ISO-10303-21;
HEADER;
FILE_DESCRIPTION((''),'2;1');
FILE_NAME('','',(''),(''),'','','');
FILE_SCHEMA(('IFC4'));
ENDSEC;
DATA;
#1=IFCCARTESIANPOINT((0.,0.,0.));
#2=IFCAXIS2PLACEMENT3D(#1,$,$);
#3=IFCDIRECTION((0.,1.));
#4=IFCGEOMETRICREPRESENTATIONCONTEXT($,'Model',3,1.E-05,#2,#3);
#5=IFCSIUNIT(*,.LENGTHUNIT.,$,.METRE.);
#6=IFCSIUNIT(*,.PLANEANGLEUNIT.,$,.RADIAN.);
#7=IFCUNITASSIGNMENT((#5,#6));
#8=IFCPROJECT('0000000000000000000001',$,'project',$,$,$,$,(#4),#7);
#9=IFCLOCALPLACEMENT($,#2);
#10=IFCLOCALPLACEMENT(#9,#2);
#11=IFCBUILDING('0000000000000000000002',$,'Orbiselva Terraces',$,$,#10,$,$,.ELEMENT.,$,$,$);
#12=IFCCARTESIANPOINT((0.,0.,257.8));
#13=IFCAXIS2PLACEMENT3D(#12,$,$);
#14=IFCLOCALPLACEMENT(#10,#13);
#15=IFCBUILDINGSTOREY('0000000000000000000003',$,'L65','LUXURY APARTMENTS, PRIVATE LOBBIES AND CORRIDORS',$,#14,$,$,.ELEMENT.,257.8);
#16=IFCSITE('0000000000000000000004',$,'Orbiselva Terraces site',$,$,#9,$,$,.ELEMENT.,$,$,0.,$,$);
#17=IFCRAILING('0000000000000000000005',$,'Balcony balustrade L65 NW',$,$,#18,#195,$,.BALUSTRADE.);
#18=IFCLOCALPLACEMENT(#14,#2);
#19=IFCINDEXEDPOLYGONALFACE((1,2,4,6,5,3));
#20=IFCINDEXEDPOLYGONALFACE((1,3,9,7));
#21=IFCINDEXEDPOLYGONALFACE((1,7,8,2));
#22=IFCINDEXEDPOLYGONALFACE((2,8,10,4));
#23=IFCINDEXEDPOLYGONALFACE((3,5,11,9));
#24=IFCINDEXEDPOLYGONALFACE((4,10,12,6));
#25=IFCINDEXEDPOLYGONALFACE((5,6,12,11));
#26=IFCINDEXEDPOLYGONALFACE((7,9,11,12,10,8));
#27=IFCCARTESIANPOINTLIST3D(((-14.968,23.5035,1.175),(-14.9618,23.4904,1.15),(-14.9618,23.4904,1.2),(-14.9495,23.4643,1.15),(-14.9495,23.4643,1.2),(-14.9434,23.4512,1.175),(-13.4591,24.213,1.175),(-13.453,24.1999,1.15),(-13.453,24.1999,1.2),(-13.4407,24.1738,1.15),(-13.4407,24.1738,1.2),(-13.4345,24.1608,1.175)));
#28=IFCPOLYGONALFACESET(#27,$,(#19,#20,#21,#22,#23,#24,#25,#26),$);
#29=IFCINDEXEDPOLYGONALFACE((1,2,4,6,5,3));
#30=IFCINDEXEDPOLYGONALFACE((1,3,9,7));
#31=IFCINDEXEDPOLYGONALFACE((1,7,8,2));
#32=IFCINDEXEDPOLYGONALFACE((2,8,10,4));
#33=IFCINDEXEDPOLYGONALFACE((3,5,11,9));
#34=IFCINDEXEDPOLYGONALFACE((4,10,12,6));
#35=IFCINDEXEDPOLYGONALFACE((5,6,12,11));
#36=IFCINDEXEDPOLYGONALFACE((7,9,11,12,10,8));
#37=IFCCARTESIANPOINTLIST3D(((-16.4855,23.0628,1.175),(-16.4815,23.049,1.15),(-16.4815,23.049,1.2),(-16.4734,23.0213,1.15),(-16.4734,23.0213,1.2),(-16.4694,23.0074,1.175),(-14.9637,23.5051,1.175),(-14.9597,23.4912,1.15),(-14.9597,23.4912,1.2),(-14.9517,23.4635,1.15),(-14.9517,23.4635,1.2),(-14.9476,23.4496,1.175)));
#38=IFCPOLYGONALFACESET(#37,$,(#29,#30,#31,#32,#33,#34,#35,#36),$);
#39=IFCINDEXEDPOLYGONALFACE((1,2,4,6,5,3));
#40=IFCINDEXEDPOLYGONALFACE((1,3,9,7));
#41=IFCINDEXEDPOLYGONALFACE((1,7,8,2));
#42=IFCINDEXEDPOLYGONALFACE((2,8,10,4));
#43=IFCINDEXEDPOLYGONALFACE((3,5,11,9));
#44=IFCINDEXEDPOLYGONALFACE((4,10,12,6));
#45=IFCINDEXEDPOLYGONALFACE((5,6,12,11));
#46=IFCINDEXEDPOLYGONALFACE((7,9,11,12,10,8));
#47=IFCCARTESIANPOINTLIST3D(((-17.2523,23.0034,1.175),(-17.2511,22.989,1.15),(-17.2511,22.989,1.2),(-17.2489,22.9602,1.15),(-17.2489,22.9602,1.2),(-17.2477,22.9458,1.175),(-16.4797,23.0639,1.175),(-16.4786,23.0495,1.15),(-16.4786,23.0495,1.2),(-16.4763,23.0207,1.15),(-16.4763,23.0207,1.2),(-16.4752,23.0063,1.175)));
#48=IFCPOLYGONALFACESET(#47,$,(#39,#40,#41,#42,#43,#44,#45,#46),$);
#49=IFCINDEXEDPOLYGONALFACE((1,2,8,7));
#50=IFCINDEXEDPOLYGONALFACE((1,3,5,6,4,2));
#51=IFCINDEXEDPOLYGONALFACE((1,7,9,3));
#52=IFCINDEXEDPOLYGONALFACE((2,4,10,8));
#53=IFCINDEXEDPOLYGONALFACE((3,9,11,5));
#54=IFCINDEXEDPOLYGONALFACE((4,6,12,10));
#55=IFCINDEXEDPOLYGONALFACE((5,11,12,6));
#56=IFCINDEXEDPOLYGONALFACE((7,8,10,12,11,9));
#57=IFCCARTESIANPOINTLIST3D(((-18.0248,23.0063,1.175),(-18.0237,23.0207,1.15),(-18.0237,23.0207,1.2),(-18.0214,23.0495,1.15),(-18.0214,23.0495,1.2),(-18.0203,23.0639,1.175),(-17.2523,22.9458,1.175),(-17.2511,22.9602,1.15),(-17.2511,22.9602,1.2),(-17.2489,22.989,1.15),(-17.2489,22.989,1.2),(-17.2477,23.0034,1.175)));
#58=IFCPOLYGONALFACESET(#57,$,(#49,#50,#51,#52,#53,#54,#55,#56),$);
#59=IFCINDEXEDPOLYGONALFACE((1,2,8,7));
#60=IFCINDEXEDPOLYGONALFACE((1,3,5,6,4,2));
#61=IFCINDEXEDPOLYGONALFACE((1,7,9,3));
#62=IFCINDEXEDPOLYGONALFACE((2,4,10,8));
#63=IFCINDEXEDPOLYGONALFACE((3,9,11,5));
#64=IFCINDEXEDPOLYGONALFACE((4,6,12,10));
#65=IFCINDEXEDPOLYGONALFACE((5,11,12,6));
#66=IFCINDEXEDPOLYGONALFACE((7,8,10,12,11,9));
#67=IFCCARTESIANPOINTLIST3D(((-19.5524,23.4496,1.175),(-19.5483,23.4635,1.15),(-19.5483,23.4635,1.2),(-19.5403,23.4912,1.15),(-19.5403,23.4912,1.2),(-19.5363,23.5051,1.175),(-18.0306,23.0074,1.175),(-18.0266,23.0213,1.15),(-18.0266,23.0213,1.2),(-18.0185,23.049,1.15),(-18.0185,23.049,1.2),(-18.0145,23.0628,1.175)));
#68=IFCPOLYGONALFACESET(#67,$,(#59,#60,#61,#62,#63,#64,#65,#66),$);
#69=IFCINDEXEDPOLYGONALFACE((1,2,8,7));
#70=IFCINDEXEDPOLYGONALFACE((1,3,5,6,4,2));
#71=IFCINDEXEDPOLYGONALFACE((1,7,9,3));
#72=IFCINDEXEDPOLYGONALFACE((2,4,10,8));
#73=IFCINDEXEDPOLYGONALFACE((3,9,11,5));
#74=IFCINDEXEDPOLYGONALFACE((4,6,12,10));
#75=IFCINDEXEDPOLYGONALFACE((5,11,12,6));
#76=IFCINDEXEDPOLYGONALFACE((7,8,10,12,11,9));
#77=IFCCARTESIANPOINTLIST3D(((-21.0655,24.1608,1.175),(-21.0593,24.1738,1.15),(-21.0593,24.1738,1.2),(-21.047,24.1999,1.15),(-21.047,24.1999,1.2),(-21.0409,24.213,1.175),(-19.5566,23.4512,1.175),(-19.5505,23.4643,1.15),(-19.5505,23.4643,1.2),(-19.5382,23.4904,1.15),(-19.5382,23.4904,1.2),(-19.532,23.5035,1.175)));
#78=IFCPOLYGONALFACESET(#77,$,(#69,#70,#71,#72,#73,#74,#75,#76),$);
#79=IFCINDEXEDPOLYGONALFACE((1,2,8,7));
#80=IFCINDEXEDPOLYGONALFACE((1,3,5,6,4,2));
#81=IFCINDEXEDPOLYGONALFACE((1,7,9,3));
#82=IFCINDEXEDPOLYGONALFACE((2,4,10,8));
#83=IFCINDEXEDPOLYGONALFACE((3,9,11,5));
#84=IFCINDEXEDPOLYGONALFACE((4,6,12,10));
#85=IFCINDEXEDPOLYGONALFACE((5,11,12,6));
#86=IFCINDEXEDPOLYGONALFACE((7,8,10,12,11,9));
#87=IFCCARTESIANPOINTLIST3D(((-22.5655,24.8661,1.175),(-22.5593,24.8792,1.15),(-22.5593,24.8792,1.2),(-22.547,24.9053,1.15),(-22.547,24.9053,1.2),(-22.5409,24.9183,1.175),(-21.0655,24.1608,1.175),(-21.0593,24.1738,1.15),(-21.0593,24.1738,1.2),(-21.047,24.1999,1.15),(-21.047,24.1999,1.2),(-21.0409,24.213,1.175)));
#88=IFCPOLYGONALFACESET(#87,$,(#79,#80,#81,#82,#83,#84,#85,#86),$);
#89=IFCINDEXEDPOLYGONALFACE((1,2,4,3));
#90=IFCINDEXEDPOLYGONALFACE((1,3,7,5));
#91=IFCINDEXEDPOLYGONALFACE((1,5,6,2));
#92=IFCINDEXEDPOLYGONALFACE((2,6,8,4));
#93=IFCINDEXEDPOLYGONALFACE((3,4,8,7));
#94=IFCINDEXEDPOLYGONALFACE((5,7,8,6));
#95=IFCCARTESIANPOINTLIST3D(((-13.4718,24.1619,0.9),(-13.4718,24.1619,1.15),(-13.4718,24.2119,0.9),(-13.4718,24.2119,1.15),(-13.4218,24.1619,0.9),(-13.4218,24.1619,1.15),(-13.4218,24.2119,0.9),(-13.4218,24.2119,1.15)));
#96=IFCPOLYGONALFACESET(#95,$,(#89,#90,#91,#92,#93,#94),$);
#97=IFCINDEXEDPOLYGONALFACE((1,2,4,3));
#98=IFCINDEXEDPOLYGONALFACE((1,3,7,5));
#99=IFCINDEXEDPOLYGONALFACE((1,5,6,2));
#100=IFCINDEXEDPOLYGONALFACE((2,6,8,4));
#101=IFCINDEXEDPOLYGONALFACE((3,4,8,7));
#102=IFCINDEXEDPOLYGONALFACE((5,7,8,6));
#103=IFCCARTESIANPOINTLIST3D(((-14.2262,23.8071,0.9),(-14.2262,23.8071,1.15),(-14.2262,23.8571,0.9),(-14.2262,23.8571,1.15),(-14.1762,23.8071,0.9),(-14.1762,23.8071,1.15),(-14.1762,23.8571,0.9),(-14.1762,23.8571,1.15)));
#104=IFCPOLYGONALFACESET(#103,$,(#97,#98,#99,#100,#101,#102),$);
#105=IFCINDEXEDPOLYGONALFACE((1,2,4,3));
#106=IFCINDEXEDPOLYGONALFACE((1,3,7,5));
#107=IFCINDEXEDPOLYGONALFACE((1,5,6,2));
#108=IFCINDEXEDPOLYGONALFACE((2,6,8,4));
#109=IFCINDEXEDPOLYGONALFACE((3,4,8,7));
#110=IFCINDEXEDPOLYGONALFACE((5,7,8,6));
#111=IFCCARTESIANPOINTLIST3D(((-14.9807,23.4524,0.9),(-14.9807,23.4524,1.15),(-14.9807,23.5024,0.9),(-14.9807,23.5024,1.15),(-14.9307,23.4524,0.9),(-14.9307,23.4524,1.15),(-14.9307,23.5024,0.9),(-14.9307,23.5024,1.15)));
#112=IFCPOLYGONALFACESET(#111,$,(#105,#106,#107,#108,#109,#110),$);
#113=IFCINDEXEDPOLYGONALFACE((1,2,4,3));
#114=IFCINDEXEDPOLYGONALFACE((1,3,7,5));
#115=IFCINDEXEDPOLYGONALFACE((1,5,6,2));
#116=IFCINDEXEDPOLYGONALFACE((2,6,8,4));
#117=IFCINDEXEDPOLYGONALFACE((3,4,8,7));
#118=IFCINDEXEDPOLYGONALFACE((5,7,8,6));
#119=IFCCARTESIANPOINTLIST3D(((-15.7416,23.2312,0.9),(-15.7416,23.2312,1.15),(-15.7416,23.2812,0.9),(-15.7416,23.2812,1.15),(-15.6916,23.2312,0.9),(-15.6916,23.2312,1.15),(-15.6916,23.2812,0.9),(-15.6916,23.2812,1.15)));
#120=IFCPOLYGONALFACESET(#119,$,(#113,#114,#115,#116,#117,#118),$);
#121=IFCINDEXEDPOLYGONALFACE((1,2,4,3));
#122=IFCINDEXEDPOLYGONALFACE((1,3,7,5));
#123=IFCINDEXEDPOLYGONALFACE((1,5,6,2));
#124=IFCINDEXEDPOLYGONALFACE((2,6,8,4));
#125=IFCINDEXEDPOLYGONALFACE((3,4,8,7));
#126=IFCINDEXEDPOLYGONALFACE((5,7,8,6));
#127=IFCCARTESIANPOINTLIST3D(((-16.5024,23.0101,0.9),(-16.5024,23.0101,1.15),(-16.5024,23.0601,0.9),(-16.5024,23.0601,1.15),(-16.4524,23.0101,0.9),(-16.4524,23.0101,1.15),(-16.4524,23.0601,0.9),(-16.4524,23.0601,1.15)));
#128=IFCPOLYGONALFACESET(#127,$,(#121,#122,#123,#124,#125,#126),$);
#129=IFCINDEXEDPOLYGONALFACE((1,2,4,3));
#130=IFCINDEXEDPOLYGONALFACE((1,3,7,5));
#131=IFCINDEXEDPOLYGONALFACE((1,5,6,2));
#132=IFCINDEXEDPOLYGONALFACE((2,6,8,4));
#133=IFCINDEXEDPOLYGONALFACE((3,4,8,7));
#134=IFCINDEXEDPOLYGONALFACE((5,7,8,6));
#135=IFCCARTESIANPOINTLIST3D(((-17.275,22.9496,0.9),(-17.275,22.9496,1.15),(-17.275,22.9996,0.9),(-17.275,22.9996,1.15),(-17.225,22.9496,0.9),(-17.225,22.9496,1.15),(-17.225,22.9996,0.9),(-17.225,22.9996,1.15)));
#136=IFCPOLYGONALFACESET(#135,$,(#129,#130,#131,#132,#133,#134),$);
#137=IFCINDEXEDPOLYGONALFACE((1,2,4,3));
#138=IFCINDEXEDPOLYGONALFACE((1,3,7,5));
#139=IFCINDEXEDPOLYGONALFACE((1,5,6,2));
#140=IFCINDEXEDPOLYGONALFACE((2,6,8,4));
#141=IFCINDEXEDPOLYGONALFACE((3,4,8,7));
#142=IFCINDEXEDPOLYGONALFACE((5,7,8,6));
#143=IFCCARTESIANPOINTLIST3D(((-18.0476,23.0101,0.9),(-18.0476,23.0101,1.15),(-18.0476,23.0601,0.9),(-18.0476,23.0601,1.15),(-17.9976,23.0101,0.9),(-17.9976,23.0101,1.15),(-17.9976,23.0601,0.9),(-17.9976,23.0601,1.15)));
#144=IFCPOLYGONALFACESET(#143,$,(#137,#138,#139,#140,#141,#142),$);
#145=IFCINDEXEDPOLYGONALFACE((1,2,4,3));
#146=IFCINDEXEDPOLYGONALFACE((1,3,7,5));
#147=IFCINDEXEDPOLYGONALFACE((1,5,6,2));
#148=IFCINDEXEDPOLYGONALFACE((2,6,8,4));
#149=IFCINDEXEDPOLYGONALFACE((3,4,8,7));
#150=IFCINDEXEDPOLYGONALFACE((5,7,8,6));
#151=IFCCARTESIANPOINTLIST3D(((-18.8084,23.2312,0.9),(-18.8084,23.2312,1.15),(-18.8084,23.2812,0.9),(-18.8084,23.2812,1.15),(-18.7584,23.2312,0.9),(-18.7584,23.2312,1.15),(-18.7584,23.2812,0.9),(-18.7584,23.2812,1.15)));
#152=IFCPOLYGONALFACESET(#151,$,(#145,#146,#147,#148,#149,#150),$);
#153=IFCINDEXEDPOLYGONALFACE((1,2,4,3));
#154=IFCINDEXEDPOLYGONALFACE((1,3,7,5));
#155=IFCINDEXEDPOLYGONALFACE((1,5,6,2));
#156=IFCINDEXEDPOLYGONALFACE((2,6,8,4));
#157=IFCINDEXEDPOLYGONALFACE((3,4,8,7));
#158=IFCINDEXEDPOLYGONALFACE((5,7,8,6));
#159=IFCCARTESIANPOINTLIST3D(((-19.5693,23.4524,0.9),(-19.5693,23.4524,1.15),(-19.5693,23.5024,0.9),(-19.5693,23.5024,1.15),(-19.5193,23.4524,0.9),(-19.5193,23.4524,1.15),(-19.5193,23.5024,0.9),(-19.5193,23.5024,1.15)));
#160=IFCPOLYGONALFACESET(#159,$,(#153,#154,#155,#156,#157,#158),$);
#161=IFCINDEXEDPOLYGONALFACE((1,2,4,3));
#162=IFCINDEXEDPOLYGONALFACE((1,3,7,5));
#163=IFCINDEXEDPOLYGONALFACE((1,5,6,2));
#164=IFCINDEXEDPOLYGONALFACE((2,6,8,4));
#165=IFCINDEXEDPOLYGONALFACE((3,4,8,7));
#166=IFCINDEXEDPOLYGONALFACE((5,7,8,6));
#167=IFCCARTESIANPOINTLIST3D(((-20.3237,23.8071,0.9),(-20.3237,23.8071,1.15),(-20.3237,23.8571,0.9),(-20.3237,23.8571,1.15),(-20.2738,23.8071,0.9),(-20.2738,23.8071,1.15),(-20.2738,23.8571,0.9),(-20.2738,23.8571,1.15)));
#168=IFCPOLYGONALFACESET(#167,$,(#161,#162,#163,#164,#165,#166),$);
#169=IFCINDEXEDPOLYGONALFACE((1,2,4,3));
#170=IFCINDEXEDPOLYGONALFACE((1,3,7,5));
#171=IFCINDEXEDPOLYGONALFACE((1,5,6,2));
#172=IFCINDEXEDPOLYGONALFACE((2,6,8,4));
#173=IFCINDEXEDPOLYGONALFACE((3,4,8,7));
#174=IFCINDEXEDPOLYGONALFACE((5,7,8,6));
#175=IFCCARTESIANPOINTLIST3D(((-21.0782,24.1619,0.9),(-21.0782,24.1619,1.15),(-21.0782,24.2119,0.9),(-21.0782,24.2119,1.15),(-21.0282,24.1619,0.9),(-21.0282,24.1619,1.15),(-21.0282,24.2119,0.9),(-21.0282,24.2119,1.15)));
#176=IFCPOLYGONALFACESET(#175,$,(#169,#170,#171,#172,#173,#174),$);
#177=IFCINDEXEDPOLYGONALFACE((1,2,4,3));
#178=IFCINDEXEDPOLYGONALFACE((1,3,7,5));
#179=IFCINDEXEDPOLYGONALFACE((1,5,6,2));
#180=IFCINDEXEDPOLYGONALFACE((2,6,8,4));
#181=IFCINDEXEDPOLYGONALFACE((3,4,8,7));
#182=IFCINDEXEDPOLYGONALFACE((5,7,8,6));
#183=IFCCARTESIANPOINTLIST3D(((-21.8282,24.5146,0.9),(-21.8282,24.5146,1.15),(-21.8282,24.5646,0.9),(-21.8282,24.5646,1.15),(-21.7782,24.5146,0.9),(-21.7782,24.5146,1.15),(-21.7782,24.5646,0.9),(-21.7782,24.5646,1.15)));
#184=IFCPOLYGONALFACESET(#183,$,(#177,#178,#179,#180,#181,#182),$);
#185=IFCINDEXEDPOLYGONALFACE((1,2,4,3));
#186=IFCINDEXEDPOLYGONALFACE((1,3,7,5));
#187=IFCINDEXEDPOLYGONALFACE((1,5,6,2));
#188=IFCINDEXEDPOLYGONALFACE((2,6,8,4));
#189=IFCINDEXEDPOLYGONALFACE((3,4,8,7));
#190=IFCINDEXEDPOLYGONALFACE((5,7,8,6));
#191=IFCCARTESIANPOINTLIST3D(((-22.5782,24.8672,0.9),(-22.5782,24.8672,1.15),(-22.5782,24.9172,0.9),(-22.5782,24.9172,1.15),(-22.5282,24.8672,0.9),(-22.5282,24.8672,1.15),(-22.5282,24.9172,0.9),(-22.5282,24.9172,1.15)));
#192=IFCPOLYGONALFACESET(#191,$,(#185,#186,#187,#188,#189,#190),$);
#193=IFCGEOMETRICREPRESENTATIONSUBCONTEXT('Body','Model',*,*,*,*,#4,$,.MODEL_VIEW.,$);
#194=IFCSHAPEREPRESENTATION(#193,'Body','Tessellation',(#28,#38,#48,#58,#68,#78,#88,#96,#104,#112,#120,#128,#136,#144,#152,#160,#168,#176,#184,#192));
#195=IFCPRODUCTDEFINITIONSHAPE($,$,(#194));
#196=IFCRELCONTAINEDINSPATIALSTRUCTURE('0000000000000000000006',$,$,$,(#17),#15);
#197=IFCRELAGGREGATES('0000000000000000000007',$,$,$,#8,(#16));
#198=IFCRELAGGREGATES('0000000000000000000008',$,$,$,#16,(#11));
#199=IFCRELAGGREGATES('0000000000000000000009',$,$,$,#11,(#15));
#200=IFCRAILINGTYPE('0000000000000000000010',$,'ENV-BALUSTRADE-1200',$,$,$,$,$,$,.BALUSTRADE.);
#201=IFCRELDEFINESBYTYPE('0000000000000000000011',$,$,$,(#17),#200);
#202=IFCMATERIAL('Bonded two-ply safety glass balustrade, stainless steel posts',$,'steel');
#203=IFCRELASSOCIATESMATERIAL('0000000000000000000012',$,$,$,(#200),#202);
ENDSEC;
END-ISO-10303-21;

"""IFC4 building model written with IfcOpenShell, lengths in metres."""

from ifc_helpers import new_model, si_unit, direction, frame, origin, origin_2d, place, context, subcontext, project, spatial, polyline, rectangle, outline, extrude, material, type_object, element, save


model = new_model("IFC4")

# Units and contexts
model_context = context("Model", 3, precision=1e-05, world=origin(), true_north=direction((0.0, 1.0)))
body_context = subcontext(model_context, "Body", "Model", "MODEL_VIEW")
ifc_project = project(units=[si_unit("LENGTHUNIT", "METRE"), si_unit("PLANEANGLEUNIT", "RADIAN")], contexts=[model_context])

# Site, building, storey
site_placement = place(None, origin())
site = spatial("IfcSite", under=ifc_project, at=site_placement, Name="Orbiselva Terraces site", CompositionType="ELEMENT", RefElevation=0.0)
building_placement = place(site_placement, origin())
building = spatial("IfcBuilding", under=site, at=building_placement, Name="Orbiselva Terraces", CompositionType="ELEMENT")
storey_placement = place(building_placement, frame((0.0, 0.0, 257.8)))
storey = spatial("IfcBuildingStorey", under=building, at=storey_placement, Name="L65", Description="LUXURY APARTMENTS, PRIVATE LOBBIES AND CORRIDORS", CompositionType="ELEMENT", Elevation=257.8)

# Railing
ifc_material_1 = material(Name="Bonded two-ply safety glass balustrade, stainless steel posts", Category="steel")
railing_type_1 = type_object("IfcRailingType", Name="ENV-BALUSTRADE-1200", PredefinedType="BALUSTRADE", material=ifc_material_1)
railing_1_placement = place(storey_placement, frame((-13.4468, 24.1869, 0.9)))
element("IfcRailing", 1, at=railing_1_placement, inside=storey, type_object=railing_type_1, Name="Balcony balustrade L65 NW", PredefinedType="BALUSTRADE", context=body_context, shape_type="SweptSolid", body=[
    extrude(outline(polyline([(0.0289, 0.0), (0.0144, 0.025), (-0.0144, 0.025), (-0.0289, 0.0), (-0.0144, -0.025), (0.0144, -0.025), (0.0289, 0.0)])), frame((0.0, 0.0, 0.275), z_axis=(-0.904944, -0.42553, 0.0), x_axis=(0.42553, -0.904944, 0.0)), (0.0, 0.0, 1.0), 1.6674),
    extrude(outline(polyline([(0.0289, 0.0), (0.0144, 0.025), (-0.0144, 0.025), (-0.0289, 0.0), (-0.0144, -0.025), (0.0144, -0.025), (0.0289, 0.0)])), frame((-1.5089, -0.7095, 0.275), z_axis=(-0.96027, -0.279071, 0.0), x_axis=(0.279071, -0.96027, 0.0)), (0.0, 0.0, 1.0), 1.5847),
    extrude(outline(polyline([(0.0289, 0.0), (0.0144, 0.025), (-0.0144, 0.025), (-0.0289, 0.0), (-0.0144, -0.025), (0.0144, -0.025), (0.0289, 0.0)])), frame((-3.0306, -1.1518, 0.275), z_axis=(-0.996948, -0.078071, 0.0), x_axis=(0.078071, -0.996948, 0.0)), (0.0, 0.0, 1.0), 0.7749),
    extrude(outline(polyline([(0.0289, 0.0), (0.0144, 0.025), (-0.0144, 0.025), (-0.0289, 0.0), (-0.0144, -0.025), (0.0144, -0.025), (0.0289, 0.0)])), frame((-3.8032, -1.2123, 0.275), z_axis=(-0.996948, 0.078071, 0.0), x_axis=(-0.078071, -0.996948, 0.0)), (0.0, 0.0, 1.0), 0.7749),
    extrude(outline(polyline([(0.0289, 0.0), (0.0144, 0.025), (-0.0144, 0.025), (-0.0289, 0.0), (-0.0144, -0.025), (0.0144, -0.025), (0.0289, 0.0)])), frame((-4.5757, -1.1518, 0.275), z_axis=(-0.96027, 0.279071, 0.0), x_axis=(-0.279071, -0.96027, 0.0)), (0.0, 0.0, 1.0), 1.5847),
    extrude(outline(polyline([(0.0289, 0.0), (0.0144, 0.025), (-0.0144, 0.025), (-0.0289, 0.0), (-0.0144, -0.025), (0.0144, -0.025), (0.0289, 0.0)])), frame((-6.0975, -0.7095, 0.275), z_axis=(-0.904944, 0.42553, 0.0), x_axis=(-0.42553, -0.904944, 0.0)), (0.0, 0.0, 1.0), 1.6674),
    extrude(outline(polyline([(0.0289, 0.0), (0.0144, 0.025), (-0.0144, 0.025), (-0.0289, 0.0), (-0.0144, -0.025), (0.0144, -0.025), (0.0289, 0.0)])), frame((-7.6064, 0.0, 0.275), z_axis=(-0.904944, 0.42553, 0.0), x_axis=(-0.42553, -0.904944, 0.0)), (0.0, 0.0, 1.0), 1.6576),
    extrude(rectangle(XDim=0.05, YDim=0.05, at=origin_2d()), origin(), (0.0, 0.0, 1.0), 0.25),
    extrude(rectangle(XDim=0.05, YDim=0.05, at=origin_2d()), frame((-0.7544, -0.3548, 0.0)), (0.0, 0.0, 1.0), 0.25),
    extrude(rectangle(XDim=0.05, YDim=0.05, at=origin_2d()), frame((-1.5089, -0.7095, 0.0)), (0.0, 0.0, 1.0), 0.25),
    extrude(rectangle(XDim=0.05, YDim=0.05, at=origin_2d()), frame((-2.2698, -0.9306, 0.0)), (0.0, 0.0, 1.0), 0.25),
    extrude(rectangle(XDim=0.05, YDim=0.05, at=origin_2d()), frame((-3.0306, -1.1518, 0.0)), (0.0, 0.0, 1.0), 0.25),
    extrude(rectangle(XDim=0.05, YDim=0.05, at=origin_2d()), frame((-3.8032, -1.2123, 0.0)), (0.0, 0.0, 1.0), 0.25),
    extrude(rectangle(XDim=0.05, YDim=0.05, at=origin_2d()), frame((-4.5757, -1.1518, 0.0)), (0.0, 0.0, 1.0), 0.25),
    extrude(rectangle(XDim=0.05, YDim=0.05, at=origin_2d()), frame((-5.3366, -0.9306, 0.0)), (0.0, 0.0, 1.0), 0.25),
    extrude(rectangle(XDim=0.05, YDim=0.05, at=origin_2d()), frame((-6.0975, -0.7095, 0.0)), (0.0, 0.0, 1.0), 0.25),
    extrude(rectangle(XDim=0.05, YDim=0.05, at=origin_2d()), frame((-6.8519, -0.3548, 0.0)), (0.0, 0.0, 1.0), 0.25),
    extrude(rectangle(XDim=0.05, YDim=0.05, at=origin_2d()), frame((-7.6064, 0.0, 0.0)), (0.0, 0.0, 1.0), 0.25),
    extrude(rectangle(XDim=0.05, YDim=0.05, at=origin_2d()), frame((-8.3564, 0.3527, 0.0)), (0.0, 0.0, 1.0), 0.25),
    extrude(rectangle(XDim=0.05, YDim=0.05, at=origin_2d()), frame((-9.1064, 0.7053, 0.0)), (0.0, 0.0, 1.0), 0.25),
])

save(model, "model.ifc")
